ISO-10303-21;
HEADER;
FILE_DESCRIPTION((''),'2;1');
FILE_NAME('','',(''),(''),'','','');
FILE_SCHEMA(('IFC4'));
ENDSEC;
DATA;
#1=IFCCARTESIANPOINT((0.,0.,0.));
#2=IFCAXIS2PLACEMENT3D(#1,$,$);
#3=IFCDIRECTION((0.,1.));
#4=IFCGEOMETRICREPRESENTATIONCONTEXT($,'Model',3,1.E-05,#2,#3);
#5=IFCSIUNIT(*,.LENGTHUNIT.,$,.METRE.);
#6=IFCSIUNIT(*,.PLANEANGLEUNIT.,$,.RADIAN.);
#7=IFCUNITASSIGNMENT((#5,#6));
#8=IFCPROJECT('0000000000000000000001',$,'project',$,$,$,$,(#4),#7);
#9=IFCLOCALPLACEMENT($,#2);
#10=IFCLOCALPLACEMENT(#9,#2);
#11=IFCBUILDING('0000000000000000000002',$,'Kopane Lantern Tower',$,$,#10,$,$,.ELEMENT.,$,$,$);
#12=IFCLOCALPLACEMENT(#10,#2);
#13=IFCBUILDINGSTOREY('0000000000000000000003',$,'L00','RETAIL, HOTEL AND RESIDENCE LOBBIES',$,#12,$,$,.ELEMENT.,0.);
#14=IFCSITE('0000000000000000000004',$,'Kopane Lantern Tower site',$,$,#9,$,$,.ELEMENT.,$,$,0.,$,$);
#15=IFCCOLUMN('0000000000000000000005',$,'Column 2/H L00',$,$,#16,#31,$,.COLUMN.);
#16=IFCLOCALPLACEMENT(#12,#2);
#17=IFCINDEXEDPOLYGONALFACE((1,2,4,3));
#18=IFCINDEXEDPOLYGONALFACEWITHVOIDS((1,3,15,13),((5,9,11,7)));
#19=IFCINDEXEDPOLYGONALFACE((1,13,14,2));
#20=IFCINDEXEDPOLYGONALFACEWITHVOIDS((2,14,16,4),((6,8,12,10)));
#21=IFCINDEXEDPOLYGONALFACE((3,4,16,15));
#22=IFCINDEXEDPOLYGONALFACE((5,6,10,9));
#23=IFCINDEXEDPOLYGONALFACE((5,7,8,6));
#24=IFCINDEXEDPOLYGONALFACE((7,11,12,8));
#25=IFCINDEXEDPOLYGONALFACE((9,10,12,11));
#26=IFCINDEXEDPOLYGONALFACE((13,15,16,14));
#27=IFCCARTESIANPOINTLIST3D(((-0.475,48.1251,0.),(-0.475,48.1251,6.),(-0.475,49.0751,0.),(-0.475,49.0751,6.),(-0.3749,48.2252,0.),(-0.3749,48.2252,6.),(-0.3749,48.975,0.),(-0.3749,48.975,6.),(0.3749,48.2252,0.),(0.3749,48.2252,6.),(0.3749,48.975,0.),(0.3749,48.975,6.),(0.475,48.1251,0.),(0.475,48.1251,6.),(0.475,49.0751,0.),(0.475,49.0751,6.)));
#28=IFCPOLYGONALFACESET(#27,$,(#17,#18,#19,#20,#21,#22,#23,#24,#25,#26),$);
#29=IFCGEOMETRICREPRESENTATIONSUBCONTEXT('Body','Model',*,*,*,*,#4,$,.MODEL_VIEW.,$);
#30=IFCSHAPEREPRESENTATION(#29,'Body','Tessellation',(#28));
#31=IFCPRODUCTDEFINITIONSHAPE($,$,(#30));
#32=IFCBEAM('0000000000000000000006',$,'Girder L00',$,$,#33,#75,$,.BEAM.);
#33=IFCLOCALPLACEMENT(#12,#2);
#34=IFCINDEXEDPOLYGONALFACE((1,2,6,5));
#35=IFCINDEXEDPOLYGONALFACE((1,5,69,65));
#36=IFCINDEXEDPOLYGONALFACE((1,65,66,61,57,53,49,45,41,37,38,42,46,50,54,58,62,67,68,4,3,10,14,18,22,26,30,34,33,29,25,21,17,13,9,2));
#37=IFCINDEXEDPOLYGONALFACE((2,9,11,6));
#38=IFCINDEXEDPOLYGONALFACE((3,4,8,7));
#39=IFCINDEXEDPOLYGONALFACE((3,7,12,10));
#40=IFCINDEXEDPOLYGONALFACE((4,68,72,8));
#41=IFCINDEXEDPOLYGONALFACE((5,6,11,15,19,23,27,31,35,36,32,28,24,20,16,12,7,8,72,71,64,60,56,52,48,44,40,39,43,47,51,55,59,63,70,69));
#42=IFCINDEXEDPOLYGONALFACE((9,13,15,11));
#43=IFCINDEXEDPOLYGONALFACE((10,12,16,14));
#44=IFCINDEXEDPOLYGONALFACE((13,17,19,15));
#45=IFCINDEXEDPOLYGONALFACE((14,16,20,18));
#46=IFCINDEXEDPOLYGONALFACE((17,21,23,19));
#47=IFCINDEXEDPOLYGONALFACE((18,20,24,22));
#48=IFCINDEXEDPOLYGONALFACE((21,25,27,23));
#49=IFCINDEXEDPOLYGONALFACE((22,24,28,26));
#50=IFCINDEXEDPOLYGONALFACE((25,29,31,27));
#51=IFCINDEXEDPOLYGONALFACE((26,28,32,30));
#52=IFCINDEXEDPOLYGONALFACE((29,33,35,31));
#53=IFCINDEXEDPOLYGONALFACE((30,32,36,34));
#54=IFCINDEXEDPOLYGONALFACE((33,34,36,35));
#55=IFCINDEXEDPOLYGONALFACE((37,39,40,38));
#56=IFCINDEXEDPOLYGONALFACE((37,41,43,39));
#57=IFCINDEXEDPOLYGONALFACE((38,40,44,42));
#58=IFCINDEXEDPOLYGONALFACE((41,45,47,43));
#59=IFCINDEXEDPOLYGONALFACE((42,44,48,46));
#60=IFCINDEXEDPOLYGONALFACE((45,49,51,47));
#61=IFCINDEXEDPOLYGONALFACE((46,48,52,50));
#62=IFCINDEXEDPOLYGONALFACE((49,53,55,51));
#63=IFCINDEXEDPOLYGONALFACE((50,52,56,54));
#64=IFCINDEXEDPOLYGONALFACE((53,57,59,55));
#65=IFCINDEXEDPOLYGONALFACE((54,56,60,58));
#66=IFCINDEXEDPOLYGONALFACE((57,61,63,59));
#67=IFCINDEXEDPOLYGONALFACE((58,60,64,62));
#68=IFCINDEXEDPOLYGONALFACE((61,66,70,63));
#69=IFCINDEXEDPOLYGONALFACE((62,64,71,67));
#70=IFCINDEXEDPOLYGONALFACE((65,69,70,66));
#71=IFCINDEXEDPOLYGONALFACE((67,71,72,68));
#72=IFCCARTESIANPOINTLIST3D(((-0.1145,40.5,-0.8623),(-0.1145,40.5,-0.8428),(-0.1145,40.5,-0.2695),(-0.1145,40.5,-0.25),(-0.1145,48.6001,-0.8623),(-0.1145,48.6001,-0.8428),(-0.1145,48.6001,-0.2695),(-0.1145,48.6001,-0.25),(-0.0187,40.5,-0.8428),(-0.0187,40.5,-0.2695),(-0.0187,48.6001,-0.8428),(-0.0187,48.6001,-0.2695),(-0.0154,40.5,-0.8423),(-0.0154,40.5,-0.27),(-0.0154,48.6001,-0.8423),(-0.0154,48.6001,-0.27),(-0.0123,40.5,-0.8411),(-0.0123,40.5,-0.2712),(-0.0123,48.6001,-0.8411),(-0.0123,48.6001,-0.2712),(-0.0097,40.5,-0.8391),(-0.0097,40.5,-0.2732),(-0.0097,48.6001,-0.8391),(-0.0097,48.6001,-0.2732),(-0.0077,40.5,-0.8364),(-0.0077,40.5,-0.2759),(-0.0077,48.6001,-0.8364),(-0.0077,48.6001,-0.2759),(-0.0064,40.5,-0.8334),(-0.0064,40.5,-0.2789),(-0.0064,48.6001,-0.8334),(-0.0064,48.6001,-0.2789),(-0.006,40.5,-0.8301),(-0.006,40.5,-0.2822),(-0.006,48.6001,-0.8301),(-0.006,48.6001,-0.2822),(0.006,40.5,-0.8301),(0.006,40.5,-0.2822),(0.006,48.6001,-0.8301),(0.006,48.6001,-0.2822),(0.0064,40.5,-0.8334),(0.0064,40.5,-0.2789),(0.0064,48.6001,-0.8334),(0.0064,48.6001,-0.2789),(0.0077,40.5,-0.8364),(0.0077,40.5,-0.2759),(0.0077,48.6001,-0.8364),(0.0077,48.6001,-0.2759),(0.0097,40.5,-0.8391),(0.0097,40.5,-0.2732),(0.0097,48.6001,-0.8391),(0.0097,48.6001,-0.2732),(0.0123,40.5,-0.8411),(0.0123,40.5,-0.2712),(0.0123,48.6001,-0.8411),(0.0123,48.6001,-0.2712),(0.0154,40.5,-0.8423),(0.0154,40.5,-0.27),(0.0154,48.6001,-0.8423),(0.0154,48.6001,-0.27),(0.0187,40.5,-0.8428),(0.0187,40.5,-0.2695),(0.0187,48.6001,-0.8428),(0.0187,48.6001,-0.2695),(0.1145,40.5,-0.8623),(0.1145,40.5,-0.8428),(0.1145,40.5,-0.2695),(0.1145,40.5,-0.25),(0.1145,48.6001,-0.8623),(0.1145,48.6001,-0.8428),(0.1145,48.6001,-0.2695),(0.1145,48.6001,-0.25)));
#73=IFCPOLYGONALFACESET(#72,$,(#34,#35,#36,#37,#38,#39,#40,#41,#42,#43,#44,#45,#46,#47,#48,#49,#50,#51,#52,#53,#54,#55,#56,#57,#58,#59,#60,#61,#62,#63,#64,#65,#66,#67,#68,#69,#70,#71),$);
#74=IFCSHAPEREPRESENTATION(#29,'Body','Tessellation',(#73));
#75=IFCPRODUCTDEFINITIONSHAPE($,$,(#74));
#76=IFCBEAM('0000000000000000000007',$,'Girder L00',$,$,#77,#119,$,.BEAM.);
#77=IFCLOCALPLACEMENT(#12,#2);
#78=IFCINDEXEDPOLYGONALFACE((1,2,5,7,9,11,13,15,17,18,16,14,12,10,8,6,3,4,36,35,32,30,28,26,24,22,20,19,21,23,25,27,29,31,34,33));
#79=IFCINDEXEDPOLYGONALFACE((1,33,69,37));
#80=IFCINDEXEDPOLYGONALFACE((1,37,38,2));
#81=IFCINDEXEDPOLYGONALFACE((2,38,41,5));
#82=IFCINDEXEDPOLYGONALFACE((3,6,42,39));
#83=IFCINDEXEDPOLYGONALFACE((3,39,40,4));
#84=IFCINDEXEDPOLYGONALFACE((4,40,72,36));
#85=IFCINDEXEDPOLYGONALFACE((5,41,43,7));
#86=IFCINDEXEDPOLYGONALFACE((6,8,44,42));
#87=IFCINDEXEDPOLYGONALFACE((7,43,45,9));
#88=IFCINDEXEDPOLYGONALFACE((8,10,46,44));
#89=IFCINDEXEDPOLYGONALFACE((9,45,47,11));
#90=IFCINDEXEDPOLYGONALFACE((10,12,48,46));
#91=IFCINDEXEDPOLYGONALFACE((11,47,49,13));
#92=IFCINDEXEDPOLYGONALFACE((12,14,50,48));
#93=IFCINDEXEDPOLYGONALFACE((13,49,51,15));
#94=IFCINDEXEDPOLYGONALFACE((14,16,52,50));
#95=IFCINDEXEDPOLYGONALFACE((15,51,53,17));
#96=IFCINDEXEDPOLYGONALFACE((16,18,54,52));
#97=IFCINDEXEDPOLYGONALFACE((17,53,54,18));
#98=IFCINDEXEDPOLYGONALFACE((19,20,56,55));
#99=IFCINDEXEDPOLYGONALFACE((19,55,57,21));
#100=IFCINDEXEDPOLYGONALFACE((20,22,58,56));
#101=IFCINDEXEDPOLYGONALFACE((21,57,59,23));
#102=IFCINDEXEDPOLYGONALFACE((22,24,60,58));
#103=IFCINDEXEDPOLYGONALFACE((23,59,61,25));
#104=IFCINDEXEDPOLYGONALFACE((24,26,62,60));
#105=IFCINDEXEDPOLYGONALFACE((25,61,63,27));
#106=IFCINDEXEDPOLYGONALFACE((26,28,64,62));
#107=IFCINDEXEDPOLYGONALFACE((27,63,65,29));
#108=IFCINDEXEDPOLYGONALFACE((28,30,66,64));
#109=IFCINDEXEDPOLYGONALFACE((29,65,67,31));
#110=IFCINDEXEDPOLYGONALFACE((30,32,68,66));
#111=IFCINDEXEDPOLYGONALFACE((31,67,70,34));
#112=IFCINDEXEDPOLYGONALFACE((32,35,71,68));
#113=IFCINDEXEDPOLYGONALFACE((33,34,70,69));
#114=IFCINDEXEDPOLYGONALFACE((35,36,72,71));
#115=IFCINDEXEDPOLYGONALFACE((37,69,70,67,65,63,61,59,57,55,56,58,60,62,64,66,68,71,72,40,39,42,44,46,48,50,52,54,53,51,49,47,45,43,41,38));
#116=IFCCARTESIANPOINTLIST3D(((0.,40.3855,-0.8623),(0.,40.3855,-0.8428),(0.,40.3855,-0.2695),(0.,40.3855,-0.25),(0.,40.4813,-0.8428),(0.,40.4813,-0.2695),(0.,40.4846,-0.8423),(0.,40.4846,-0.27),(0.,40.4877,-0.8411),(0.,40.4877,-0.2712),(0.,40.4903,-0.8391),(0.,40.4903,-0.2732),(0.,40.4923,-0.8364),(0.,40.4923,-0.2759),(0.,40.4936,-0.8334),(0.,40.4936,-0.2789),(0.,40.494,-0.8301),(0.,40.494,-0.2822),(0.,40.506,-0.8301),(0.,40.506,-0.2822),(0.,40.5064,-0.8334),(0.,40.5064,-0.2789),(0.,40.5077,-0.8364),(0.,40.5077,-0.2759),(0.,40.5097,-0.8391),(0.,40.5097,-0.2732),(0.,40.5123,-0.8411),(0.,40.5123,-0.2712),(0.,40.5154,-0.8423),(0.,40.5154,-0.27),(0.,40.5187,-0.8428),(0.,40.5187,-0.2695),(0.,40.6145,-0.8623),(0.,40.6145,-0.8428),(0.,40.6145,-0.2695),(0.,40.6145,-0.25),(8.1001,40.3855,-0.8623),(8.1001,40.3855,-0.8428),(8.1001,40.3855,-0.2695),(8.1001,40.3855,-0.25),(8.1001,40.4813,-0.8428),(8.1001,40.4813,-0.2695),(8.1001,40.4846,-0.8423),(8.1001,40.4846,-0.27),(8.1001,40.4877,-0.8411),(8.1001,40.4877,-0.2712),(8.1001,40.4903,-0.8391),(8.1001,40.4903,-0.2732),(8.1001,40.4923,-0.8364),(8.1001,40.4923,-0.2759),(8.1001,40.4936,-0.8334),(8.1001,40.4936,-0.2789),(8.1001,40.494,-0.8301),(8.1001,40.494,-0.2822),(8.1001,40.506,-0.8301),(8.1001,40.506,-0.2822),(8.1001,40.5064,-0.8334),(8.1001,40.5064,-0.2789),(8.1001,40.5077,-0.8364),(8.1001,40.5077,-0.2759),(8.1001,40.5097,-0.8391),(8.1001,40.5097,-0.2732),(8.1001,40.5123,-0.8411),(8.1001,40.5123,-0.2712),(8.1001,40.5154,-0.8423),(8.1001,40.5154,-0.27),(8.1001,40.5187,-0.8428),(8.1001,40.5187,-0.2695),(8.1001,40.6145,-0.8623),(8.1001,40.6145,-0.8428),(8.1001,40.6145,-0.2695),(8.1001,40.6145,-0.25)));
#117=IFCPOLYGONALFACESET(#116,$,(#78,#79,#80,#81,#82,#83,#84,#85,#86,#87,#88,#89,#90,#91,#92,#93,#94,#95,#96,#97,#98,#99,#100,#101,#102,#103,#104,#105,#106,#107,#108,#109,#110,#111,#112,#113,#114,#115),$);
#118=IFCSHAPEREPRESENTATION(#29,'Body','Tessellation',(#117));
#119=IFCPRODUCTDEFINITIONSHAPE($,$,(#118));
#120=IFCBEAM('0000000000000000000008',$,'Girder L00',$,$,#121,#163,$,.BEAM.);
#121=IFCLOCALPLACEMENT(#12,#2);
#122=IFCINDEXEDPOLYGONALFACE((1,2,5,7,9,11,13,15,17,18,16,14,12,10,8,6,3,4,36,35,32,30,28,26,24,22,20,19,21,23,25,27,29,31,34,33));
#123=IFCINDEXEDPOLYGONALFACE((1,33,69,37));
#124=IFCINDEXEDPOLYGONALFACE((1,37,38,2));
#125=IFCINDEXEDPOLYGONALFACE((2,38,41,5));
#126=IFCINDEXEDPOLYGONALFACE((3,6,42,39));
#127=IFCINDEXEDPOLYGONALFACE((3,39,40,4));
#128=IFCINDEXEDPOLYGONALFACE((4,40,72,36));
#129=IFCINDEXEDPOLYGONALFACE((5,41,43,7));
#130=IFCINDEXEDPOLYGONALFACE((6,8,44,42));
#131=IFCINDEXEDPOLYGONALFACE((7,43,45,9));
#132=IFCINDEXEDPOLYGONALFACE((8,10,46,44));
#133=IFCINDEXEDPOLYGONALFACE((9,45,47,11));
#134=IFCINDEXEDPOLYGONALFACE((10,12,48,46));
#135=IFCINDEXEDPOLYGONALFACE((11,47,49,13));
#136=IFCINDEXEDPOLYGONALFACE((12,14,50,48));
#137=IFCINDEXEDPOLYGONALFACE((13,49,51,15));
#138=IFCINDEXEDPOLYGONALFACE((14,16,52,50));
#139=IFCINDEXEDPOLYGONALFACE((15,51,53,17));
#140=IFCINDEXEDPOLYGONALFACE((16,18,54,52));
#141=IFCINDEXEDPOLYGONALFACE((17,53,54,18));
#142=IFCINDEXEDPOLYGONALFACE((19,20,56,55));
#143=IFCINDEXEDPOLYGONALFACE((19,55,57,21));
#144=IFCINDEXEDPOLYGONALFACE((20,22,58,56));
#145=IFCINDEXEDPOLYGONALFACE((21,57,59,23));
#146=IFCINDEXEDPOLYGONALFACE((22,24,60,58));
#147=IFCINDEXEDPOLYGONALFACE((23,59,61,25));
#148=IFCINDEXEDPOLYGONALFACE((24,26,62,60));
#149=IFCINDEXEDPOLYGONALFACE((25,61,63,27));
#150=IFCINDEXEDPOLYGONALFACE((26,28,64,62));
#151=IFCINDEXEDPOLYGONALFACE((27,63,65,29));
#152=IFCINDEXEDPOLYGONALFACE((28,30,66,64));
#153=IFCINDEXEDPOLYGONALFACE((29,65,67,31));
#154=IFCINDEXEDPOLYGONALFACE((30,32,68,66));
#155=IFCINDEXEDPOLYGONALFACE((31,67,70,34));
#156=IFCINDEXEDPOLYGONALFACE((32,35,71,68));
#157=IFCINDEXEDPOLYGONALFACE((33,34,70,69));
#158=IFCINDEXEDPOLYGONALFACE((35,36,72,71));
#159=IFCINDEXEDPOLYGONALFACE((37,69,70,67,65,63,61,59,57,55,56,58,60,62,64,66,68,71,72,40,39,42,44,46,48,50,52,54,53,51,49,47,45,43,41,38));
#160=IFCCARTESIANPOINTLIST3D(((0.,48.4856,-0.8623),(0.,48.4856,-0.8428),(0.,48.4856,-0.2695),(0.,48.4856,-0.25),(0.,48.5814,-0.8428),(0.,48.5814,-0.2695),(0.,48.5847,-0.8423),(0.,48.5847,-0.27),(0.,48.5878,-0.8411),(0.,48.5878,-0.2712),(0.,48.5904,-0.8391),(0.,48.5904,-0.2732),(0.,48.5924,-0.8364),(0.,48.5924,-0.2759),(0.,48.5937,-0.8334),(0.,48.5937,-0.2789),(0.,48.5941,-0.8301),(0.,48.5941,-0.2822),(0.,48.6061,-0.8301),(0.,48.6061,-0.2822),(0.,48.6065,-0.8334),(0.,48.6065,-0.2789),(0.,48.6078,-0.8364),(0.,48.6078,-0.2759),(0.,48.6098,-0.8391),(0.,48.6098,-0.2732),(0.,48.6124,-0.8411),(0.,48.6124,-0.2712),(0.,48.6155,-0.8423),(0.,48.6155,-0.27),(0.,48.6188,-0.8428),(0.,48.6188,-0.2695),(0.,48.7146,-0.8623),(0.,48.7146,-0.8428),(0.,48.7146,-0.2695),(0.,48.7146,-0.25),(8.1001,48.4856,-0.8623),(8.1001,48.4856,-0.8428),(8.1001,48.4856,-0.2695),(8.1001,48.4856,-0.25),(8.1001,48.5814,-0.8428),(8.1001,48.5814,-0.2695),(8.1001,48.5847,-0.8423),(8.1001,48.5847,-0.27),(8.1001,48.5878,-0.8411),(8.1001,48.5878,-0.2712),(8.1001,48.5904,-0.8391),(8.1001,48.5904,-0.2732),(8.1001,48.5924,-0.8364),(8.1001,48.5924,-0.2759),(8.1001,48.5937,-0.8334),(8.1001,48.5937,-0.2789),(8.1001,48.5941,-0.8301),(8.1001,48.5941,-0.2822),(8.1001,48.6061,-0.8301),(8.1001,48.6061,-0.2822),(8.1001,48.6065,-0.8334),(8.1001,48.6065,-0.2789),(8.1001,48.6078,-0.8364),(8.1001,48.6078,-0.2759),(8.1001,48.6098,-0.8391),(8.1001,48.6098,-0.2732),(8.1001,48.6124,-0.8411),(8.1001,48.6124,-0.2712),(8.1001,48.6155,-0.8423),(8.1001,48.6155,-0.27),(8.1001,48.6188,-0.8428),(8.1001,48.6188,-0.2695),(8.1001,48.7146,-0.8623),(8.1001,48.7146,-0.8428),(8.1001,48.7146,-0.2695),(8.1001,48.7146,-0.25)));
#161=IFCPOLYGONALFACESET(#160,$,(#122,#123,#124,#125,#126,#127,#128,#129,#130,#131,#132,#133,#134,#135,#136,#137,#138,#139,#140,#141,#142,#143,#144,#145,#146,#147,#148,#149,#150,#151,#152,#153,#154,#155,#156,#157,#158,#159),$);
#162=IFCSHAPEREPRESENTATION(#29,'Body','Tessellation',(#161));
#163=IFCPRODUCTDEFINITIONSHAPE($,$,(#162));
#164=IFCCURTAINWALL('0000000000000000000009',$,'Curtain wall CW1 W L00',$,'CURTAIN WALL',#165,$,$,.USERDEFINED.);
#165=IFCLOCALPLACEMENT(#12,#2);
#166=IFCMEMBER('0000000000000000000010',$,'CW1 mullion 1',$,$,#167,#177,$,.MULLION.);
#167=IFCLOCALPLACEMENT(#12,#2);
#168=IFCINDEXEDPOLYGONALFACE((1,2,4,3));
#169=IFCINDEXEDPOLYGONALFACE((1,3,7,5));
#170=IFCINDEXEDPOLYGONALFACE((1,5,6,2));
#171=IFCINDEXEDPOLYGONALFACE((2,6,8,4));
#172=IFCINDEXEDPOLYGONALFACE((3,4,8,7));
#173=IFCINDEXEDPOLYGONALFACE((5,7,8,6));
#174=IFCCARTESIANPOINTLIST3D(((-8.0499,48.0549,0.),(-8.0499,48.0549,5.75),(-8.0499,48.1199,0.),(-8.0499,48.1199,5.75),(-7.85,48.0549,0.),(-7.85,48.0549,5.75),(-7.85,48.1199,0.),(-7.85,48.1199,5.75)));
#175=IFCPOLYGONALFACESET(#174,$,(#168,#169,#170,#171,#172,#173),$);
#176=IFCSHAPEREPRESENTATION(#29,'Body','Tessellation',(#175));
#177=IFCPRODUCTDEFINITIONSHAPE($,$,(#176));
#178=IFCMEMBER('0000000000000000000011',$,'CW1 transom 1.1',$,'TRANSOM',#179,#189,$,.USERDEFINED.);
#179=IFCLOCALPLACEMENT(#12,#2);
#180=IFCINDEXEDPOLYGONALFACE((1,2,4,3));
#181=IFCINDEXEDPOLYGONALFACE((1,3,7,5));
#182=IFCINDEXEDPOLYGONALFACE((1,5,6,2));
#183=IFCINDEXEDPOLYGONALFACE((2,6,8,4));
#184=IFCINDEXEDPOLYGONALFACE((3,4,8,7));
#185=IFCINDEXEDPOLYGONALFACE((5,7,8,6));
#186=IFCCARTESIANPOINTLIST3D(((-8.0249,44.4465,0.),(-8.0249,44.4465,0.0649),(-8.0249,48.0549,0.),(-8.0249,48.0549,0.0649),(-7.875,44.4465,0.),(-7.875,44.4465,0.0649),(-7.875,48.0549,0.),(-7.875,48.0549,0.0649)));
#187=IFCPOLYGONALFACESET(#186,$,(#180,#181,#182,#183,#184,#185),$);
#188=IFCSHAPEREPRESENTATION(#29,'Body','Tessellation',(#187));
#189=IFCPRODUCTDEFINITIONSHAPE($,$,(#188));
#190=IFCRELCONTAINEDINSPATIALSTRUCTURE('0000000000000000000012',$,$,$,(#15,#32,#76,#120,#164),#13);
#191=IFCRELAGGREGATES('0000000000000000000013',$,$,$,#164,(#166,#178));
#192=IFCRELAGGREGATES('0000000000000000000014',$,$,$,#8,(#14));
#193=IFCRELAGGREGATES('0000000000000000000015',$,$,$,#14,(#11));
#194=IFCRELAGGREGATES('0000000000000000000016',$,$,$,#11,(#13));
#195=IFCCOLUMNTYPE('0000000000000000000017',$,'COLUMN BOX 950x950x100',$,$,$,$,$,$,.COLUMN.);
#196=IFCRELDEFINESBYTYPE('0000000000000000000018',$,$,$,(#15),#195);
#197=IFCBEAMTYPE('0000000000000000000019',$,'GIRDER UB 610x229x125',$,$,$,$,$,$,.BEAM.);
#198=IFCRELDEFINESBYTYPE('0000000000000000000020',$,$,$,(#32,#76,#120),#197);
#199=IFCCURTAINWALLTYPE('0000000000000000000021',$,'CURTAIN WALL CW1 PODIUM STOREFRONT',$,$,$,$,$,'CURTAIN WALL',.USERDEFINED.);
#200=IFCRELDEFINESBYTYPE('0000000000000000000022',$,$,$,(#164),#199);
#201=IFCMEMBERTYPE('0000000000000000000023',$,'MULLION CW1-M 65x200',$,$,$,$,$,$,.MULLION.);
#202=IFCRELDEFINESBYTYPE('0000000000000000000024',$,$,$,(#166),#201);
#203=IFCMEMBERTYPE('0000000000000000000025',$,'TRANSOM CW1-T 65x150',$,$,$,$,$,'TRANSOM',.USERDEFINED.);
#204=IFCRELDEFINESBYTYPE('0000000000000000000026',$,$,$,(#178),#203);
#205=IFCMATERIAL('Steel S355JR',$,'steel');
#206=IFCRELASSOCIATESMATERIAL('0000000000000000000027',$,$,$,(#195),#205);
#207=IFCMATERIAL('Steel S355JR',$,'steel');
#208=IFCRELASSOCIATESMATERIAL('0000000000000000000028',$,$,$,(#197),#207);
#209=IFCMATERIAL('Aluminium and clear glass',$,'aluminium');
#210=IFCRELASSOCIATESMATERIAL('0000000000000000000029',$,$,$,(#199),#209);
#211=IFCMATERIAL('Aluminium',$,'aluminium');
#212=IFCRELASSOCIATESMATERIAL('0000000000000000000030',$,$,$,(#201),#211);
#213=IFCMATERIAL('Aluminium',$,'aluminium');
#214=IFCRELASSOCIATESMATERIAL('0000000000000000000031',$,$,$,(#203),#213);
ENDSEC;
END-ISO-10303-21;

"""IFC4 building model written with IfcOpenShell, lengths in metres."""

from ifc_helpers import new_model, si_unit, direction, frame, origin, origin_2d, place, context, subcontext, project, spatial, rectangle, hollow_rectangle, i_section, extrude, material, material_profile, profile_set, type_object, element, aggregate, save


model = new_model("IFC4")

# Units and contexts
model_context = context("Model", 3, precision=1e-05, world=origin(), true_north=direction((0.0, 1.0)))
body_context = subcontext(model_context, "Body", "Model", "MODEL_VIEW")
ifc_project = project(units=[si_unit("LENGTHUNIT", "METRE"), si_unit("PLANEANGLEUNIT", "RADIAN")], contexts=[model_context])

# Site, building, storey
site_placement = place(None, origin())
site = spatial("IfcSite", under=ifc_project, at=site_placement, Name="Kopane Lantern Tower site", CompositionType="ELEMENT", RefElevation=0.0)
building_placement = place(site_placement, origin())
building = spatial("IfcBuilding", under=site, at=building_placement, Name="Kopane Lantern Tower", CompositionType="ELEMENT")
storey_placement = place(building_placement, origin())
storey = spatial("IfcBuildingStorey", under=building, at=storey_placement, Name="L00", Description="RETAIL, HOTEL AND RESIDENCE LOBBIES", CompositionType="ELEMENT", Elevation=0.0)

# Column
ifc_material_1 = material(Name="Steel S355JR", Category="steel")
ifc_material_profile_1 = material_profile(ifc_material_1, hollow_rectangle(XDim=0.95, YDim=0.95, WallThickness=0.1001, at=origin_2d()), Name="BOX 950x950x100")
ifc_profile_set_1 = profile_set([ifc_material_profile_1], Name="Steel S355JR")
column_type = type_object("IfcColumnType", Name="COLUMN BOX 950x950x100", PredefinedType="COLUMN", material=ifc_profile_set_1)
column_placement = place(storey_placement, frame((0.0, 48.6001, 0.0), z_axis=(0.0, 0.0, 1.0), x_axis=(1.0, 0.0, 0.0)))
element("IfcColumn", 1, at=column_placement, inside=storey, type_object=column_type, Name="Column 2/H L00", PredefinedType="COLUMN", context=body_context, shape_type="SweptSolid", body=[
    extrude(hollow_rectangle(XDim=0.95, YDim=0.95, WallThickness=0.1001, at=origin_2d()), origin(), (0.0, 0.0, 1.0), 6.0),
])

# Beams
ifc_material_2 = material(Name="Steel S355JR", Category="steel")
ifc_material_profile_2 = material_profile(ifc_material_2, i_section(OverallWidth=0.229, OverallDepth=0.6123, WebThickness=0.012, FlangeThickness=0.0195, FilletRadius=0.0127, at=origin_2d()), Name="UB 610x229x125")
ifc_profile_set_2 = profile_set([ifc_material_profile_2], Name="Steel S355JR")
beam_type = type_object("IfcBeamType", Name="GIRDER UB 610x229x125", PredefinedType="BEAM", material=ifc_profile_set_2)
for number, where, z_axis, x_axis, name in (
    (2, (0.0, 40.5, -0.5562), (0.0, 1.0, 0.0), (-1.0, 0.0, 0.0), "Girder L00"),
    (3, (0.0, 40.5, -0.5562), (1.0, 0.0, 0.0), (0.0, 1.0, 0.0), "Girder L00"),
    (4, (0.0, 48.6001, -0.5562), (1.0, 0.0, 0.0), (0.0, 1.0, 0.0), "Girder L00"),
):
    element("IfcBeam", number, at=place(storey_placement, frame(where, z_axis=z_axis, x_axis=x_axis)), inside=storey, type_object=beam_type, Name=name, PredefinedType="BEAM", context=body_context, shape_type="SweptSolid", body=[
        extrude(i_section(OverallWidth=0.229, OverallDepth=0.6123, WebThickness=0.012, FlangeThickness=0.0195, FilletRadius=0.0127, at=origin_2d()), origin(), (0.0, 0.0, 1.0), 8.1001),
    ])

# Curtain wall, members
ifc_material_3 = material(Name="Aluminium and clear glass", Category="aluminium")
curtain_wall_type = type_object("IfcCurtainWallType", Name="CURTAIN WALL CW1 PODIUM STOREFRONT", ElementType="CURTAIN WALL", PredefinedType="USERDEFINED", material=ifc_material_3)
curtain_wall_placement = place(storey_placement, origin())
curtain_wall = element("IfcCurtainWall", 5, at=curtain_wall_placement, inside=storey, type_object=curtain_wall_type, Name="Curtain wall CW1 W L00", ObjectType="CURTAIN WALL", PredefinedType="USERDEFINED")
ifc_material_4 = material(Name="Aluminium", Category="aluminium")
ifc_material_profile_3 = material_profile(ifc_material_4, rectangle(XDim=0.0649, YDim=0.2, at=origin_2d()), Name="AL 65x200")
ifc_profile_set_3 = profile_set([ifc_material_profile_3], Name="Aluminium")
member_type_1 = type_object("IfcMemberType", Name="MULLION CW1-M 65x200", PredefinedType="MULLION", material=ifc_profile_set_3)
member_1_placement = place(storey_placement, frame((-7.95, 48.0874, 0.0), z_axis=(0.0, 0.0, 1.0), x_axis=(0.0, -1.0, 0.0)))
member_1 = element("IfcMember", 6, at=member_1_placement, type_object=member_type_1, Name="CW1 mullion 1", PredefinedType="MULLION", context=body_context, shape_type="SweptSolid", body=[
    extrude(rectangle(XDim=0.0649, YDim=0.2, at=origin_2d()), origin(), (0.0, 0.0, 1.0), 5.75),
])
ifc_material_5 = material(Name="Aluminium", Category="aluminium")
ifc_material_profile_4 = material_profile(ifc_material_5, rectangle(XDim=0.1499, YDim=0.0649, at=origin_2d()), Name="AL 150x65")
ifc_profile_set_4 = profile_set([ifc_material_profile_4], Name="Aluminium")
member_type_2 = type_object("IfcMemberType", Name="TRANSOM CW1-T 65x150", ElementType="TRANSOM", PredefinedType="USERDEFINED", material=ifc_profile_set_4)
member_2_placement = place(storey_placement, frame((-7.95, 48.0549, 0.0325), z_axis=(0.0, -1.0, 0.0), x_axis=(1.0, 0.0, 0.0)))
member_2 = element("IfcMember", 7, at=member_2_placement, type_object=member_type_2, Name="CW1 transom 1.1", ObjectType="TRANSOM", PredefinedType="USERDEFINED", context=body_context, shape_type="SweptSolid", body=[
    extrude(rectangle(XDim=0.1499, YDim=0.0649, at=origin_2d()), origin(), (0.0, 0.0, 1.0), 3.6084),
])
aggregate(curtain_wall, [member_1, member_2])

save(model, "model.ifc")
